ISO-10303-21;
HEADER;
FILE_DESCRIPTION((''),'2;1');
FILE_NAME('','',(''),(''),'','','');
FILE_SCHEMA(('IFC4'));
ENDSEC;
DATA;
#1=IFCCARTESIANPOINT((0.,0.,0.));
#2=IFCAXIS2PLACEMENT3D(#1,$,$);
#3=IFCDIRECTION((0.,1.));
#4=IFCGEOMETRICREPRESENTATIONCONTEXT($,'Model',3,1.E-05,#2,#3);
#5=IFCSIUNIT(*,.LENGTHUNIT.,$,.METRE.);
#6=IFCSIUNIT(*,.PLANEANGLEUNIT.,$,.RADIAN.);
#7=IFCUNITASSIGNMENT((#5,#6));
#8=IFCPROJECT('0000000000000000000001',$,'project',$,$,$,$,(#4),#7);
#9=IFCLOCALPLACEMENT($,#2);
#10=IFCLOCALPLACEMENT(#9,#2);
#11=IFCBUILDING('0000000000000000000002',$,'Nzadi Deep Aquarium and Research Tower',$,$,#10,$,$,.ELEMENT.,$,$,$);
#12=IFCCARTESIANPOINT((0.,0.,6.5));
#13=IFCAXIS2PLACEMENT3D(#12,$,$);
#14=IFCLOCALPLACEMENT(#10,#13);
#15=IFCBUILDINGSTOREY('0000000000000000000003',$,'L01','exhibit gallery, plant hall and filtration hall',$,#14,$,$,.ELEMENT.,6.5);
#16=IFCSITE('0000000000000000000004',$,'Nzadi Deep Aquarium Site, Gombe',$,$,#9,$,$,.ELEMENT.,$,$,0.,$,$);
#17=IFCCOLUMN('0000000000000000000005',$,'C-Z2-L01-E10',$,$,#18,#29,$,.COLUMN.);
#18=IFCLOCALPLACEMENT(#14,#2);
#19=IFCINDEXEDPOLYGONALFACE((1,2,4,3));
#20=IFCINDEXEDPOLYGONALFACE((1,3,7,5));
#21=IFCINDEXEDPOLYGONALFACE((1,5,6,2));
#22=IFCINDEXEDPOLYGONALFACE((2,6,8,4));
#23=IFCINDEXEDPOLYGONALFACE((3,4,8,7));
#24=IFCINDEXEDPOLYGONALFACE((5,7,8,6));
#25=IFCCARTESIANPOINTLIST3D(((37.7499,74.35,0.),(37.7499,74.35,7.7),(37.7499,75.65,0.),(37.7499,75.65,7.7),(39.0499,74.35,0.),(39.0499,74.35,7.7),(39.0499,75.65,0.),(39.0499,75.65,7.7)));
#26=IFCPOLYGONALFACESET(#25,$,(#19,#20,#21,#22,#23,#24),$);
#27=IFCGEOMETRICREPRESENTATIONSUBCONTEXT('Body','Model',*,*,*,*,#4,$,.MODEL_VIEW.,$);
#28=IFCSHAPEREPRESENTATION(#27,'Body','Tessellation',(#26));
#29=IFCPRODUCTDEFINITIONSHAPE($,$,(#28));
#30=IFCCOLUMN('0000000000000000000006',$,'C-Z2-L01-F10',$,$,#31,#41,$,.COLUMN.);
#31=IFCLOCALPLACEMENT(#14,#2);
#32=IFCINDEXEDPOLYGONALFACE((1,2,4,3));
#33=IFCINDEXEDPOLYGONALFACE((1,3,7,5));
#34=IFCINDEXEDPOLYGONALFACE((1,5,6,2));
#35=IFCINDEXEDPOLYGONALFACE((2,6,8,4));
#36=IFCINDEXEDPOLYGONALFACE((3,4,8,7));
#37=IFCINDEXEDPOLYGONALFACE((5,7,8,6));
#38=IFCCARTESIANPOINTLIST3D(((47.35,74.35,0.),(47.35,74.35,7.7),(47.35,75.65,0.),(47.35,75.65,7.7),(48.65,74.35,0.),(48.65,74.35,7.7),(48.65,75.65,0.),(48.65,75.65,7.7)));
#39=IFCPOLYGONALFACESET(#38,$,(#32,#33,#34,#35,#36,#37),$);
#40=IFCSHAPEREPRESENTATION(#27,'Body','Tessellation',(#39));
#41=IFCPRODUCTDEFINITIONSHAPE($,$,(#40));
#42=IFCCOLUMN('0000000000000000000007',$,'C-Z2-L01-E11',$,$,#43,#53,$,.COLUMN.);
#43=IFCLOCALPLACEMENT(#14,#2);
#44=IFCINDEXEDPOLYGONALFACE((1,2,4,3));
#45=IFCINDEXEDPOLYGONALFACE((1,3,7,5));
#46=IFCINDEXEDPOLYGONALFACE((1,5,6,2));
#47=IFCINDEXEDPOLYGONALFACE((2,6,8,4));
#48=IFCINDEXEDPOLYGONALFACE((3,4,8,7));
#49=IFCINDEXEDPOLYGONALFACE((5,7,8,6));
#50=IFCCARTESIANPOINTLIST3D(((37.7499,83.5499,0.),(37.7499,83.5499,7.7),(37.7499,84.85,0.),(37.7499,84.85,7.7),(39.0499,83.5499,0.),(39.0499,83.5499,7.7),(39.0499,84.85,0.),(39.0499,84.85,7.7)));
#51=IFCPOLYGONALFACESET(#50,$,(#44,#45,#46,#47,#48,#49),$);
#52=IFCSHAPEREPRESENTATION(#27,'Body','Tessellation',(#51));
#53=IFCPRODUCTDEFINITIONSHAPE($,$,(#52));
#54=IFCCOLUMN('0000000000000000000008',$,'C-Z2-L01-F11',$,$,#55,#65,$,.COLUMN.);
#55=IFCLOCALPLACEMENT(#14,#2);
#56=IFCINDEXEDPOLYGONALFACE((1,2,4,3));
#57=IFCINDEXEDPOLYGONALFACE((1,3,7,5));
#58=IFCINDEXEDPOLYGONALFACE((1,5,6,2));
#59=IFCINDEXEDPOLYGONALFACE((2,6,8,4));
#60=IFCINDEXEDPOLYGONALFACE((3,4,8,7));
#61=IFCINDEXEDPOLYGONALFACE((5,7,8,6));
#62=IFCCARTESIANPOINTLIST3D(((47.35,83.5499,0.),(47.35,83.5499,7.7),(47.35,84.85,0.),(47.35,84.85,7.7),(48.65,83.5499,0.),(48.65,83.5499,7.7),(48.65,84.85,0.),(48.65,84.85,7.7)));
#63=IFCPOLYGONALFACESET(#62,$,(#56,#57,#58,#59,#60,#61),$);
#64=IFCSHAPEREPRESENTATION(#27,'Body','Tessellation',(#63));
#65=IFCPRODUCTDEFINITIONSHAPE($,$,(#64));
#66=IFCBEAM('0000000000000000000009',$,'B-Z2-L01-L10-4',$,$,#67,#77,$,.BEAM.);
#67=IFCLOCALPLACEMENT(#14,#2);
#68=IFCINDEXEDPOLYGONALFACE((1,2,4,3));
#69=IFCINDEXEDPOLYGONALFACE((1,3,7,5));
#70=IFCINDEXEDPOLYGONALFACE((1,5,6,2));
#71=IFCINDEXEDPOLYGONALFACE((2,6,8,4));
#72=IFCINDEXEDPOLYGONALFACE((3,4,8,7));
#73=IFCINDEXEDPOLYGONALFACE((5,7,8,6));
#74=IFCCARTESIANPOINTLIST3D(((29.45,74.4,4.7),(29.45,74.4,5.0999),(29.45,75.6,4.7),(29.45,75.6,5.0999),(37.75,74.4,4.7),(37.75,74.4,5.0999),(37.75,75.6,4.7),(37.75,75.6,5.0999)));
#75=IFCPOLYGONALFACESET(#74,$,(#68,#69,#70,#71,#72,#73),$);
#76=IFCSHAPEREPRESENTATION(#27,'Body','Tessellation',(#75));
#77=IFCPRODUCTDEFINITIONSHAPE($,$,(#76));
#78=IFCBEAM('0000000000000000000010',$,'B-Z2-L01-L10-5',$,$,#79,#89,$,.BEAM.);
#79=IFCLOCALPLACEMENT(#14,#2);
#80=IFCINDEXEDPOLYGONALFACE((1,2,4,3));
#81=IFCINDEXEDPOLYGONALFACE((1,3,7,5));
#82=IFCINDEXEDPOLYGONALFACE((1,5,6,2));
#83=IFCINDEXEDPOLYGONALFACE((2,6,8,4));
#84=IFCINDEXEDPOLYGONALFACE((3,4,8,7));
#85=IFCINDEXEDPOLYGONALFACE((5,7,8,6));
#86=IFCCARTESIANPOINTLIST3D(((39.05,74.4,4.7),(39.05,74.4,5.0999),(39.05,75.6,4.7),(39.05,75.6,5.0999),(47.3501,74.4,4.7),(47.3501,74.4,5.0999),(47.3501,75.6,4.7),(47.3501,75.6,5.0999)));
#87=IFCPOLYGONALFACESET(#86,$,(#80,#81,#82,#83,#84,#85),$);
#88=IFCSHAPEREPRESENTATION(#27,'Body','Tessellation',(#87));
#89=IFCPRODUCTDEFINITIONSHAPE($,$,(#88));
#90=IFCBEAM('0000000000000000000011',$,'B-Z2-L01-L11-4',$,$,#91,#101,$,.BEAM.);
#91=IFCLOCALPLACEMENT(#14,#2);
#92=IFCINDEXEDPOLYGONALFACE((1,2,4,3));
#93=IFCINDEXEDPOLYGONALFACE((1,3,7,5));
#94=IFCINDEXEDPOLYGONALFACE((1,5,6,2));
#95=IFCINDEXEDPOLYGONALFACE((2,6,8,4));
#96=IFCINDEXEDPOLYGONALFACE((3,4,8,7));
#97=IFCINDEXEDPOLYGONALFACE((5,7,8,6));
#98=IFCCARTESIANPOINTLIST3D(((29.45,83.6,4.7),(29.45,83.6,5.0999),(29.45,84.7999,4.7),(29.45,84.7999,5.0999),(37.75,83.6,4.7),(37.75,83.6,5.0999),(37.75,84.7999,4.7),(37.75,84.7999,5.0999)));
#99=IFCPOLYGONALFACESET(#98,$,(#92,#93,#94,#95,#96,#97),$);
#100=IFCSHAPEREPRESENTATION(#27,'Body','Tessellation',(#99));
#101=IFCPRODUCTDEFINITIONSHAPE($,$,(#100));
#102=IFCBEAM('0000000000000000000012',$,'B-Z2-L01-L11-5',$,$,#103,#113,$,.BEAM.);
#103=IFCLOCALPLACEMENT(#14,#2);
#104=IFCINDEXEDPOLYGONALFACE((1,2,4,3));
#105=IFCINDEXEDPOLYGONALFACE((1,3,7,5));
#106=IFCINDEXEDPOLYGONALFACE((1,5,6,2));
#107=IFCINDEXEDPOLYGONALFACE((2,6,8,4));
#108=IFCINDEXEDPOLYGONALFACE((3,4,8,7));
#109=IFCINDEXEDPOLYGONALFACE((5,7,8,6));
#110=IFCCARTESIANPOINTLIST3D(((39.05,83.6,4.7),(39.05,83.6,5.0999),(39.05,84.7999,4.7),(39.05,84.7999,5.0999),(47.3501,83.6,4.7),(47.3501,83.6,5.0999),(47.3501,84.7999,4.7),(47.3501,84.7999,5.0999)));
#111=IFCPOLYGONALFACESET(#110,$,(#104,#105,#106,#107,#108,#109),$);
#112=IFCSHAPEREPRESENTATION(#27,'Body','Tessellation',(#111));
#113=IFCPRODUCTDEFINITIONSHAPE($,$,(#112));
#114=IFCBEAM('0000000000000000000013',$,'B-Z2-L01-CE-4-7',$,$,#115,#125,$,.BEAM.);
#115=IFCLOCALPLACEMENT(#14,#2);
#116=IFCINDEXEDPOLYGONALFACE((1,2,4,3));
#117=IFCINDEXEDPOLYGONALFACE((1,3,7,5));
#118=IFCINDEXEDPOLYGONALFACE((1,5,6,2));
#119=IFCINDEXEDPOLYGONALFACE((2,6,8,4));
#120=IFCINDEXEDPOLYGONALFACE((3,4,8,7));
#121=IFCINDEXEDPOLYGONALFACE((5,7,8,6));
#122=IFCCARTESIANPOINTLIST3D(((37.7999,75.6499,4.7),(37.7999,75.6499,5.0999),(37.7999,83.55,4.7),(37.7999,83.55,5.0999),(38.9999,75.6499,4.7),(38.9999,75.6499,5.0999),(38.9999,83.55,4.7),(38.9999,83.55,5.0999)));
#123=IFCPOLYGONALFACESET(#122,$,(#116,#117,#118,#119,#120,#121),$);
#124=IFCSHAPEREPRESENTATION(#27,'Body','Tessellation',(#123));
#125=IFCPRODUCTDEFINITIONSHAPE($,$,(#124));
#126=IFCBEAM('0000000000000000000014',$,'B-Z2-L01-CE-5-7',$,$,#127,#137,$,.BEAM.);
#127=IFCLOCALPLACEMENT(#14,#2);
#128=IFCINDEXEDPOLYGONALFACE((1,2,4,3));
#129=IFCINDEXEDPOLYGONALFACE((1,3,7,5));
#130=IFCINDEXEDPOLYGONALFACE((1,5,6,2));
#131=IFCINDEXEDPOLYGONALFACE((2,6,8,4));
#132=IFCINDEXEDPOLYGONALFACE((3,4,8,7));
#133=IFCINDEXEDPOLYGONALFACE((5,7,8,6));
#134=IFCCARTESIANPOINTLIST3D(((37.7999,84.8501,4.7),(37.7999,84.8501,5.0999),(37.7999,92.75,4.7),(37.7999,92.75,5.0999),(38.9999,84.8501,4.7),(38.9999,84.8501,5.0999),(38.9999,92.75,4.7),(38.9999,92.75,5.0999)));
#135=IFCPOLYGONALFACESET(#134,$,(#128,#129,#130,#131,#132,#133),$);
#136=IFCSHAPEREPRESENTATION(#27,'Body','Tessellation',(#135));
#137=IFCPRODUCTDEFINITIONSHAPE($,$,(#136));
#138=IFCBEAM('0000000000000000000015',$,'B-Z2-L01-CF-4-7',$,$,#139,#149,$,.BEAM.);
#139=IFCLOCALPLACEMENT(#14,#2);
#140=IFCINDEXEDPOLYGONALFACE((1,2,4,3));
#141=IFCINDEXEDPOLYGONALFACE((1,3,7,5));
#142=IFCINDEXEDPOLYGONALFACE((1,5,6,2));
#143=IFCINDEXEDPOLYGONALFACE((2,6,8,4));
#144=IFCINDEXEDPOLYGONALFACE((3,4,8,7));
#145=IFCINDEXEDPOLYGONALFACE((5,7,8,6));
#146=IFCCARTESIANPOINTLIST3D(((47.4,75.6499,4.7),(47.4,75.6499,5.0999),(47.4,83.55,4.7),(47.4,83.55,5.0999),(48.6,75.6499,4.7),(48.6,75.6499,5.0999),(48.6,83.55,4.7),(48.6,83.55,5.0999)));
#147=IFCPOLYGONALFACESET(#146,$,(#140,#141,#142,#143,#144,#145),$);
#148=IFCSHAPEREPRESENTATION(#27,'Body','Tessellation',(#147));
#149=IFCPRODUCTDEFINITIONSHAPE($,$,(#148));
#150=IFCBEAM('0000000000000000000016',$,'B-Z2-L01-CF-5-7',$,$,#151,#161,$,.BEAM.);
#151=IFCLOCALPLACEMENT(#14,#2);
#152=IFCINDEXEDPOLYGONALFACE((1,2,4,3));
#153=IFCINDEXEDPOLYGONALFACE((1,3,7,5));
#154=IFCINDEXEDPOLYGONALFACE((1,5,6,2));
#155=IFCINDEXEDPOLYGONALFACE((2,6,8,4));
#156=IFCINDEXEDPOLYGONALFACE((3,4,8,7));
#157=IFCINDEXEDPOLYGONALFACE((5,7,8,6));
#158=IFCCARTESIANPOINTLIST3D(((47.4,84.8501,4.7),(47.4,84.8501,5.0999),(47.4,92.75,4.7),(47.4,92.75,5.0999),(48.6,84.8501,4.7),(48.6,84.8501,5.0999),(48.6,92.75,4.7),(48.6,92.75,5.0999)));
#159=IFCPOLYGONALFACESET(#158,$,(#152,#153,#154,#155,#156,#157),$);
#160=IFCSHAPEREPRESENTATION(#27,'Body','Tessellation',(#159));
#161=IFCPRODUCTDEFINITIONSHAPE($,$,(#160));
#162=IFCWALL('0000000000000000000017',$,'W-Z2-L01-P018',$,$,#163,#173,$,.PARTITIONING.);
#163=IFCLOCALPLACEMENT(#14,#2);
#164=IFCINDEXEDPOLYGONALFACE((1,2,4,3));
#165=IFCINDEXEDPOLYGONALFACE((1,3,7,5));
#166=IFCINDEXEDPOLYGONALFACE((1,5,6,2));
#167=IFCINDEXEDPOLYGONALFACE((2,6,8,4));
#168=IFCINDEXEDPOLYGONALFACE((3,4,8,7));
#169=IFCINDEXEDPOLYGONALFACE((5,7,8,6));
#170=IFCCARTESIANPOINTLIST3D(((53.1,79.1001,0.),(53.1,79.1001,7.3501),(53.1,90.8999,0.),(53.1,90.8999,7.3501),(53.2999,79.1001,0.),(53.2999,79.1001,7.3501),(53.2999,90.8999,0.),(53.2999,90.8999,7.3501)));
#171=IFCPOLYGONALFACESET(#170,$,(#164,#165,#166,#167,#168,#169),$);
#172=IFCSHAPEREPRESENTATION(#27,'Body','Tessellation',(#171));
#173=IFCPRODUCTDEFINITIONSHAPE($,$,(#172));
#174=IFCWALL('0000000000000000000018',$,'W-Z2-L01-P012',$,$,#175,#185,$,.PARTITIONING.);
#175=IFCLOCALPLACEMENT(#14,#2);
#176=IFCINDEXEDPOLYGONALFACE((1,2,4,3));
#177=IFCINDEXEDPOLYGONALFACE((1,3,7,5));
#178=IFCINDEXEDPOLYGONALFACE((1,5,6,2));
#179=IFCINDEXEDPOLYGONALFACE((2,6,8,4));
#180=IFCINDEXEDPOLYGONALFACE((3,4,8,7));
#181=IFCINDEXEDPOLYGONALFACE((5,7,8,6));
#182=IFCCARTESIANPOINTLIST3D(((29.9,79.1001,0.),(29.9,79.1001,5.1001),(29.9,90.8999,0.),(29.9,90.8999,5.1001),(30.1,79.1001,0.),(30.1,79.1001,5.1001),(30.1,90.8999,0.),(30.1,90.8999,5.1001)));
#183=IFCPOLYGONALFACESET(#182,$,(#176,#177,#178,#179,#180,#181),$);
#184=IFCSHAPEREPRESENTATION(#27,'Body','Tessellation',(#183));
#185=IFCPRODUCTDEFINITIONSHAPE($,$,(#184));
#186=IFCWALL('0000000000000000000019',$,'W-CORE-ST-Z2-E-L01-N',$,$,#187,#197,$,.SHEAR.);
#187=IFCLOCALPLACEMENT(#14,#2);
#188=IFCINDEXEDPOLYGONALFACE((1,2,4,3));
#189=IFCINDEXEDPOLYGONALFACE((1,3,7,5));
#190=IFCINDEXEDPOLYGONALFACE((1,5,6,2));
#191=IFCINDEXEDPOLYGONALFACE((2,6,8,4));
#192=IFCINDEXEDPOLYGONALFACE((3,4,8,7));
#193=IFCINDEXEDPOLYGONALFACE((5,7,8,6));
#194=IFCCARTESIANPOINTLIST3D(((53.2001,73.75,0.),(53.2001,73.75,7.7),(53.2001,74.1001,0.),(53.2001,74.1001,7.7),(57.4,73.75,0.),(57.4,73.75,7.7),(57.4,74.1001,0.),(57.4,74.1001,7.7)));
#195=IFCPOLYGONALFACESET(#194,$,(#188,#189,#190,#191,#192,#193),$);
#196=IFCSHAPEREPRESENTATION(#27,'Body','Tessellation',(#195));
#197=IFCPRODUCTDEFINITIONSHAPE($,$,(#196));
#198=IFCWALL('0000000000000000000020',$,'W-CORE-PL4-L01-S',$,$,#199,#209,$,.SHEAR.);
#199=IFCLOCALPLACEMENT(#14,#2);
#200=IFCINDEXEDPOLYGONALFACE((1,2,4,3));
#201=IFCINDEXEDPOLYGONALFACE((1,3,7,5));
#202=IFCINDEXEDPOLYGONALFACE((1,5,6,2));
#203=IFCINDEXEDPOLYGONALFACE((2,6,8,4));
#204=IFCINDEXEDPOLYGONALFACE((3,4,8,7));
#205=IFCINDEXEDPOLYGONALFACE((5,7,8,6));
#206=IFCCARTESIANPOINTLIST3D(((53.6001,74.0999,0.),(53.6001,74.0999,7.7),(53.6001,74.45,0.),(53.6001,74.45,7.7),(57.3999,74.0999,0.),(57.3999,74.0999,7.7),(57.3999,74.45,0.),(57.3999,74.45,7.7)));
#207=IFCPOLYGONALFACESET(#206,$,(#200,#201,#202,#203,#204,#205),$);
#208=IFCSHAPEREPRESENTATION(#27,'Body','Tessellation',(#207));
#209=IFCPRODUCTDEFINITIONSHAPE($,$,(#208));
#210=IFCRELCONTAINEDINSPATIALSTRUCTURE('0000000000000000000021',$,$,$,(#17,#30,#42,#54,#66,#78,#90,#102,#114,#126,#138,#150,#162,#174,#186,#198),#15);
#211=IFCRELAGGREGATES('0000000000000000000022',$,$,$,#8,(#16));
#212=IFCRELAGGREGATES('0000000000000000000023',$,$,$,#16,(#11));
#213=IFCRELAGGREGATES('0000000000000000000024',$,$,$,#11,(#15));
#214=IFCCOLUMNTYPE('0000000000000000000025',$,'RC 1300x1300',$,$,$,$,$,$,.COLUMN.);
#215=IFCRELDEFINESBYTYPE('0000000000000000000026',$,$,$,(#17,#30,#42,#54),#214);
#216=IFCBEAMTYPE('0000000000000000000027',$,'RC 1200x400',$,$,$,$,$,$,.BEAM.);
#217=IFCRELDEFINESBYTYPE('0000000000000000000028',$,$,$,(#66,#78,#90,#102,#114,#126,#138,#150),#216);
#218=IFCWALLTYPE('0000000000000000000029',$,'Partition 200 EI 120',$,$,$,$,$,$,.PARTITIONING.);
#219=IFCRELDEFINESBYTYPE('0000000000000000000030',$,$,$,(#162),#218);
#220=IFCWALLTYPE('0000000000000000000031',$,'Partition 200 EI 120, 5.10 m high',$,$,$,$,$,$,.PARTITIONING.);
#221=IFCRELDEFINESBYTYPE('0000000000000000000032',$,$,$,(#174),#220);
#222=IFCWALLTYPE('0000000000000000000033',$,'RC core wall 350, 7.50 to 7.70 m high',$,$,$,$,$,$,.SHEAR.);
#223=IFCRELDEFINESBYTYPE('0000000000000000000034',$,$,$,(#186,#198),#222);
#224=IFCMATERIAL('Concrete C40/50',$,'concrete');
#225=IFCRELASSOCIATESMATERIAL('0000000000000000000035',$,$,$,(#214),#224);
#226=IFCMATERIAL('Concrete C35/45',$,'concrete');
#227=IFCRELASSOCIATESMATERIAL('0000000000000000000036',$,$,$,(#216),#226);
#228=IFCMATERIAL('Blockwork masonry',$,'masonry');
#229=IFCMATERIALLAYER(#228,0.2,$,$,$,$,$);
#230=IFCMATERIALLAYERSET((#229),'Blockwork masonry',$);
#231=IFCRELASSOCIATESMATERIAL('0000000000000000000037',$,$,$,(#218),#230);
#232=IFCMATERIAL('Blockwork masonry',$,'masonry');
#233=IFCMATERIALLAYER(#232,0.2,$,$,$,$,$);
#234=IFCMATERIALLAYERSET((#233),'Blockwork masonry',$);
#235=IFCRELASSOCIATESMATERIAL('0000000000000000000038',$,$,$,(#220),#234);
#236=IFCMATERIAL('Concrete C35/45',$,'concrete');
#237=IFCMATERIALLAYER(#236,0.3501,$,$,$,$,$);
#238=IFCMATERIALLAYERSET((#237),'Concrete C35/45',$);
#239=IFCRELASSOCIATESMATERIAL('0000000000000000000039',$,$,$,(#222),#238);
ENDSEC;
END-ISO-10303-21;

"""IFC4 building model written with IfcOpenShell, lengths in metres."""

from ifc_helpers import new_model, si_unit, direction, frame, frame_2d, origin, origin_2d, place, context, subcontext, project, spatial, rectangle, extrude, material, layer, layer_set, material_profile, profile_set, type_object, element, save


model = new_model("IFC4")

# Units and contexts
model_context = context("Model", 3, precision=1e-05, world=origin(), true_north=direction((0.0, 1.0)))
body_context = subcontext(model_context, "Body", "Model", "MODEL_VIEW")
ifc_project = project(units=[si_unit("LENGTHUNIT", "METRE"), si_unit("PLANEANGLEUNIT", "RADIAN")], contexts=[model_context])

# Site, building, storey
site_placement = place(None, origin())
site = spatial("IfcSite", under=ifc_project, at=site_placement, Name="Nzadi Deep Aquarium Site, Gombe", CompositionType="ELEMENT", RefElevation=0.0)
building_placement = place(site_placement, origin())
building = spatial("IfcBuilding", under=site, at=building_placement, Name="Nzadi Deep Aquarium and Research Tower", CompositionType="ELEMENT")
storey_placement = place(building_placement, frame((0.0, 0.0, 6.5)))
storey = spatial("IfcBuildingStorey", under=building, at=storey_placement, Name="L01", Description="exhibit gallery, plant hall and filtration hall", CompositionType="ELEMENT", Elevation=6.5)

# Columns
ifc_material_1 = material(Name="Concrete C40/50", Category="concrete")
ifc_material_profile_1 = material_profile(ifc_material_1, rectangle(XDim=1.3, YDim=1.3, at=origin_2d()))
ifc_profile_set_1 = profile_set([ifc_material_profile_1], Name="Concrete C40/50")
column_type = type_object("IfcColumnType", Name="RC 1300x1300", PredefinedType="COLUMN", material=ifc_profile_set_1)
for number, where, z_axis, x_axis, name in (
    (1, (38.3999, 75.0, 0.0), (0.0, 0.0, 1.0), (1.0, 0.0, 0.0), "C-Z2-L01-E10"),
    (2, (48.0, 75.0, 0.0), (0.0, 0.0, 1.0), (1.0, 0.0, 0.0), "C-Z2-L01-F10"),
    (3, (38.3999, 84.2, 0.0), (0.0, 0.0, 1.0), (1.0, 0.0, 0.0), "C-Z2-L01-E11"),
    (4, (48.0, 84.2, 0.0), (0.0, 0.0, 1.0), (1.0, 0.0, 0.0), "C-Z2-L01-F11"),
):
    element("IfcColumn", number, at=place(storey_placement, frame(where, z_axis=z_axis, x_axis=x_axis)), inside=storey, type_object=column_type, Name=name, PredefinedType="COLUMN", context=body_context, shape_type="SweptSolid", body=[
        extrude(rectangle(XDim=1.3, YDim=1.3, at=origin_2d()), origin(), (0.0, 0.0, 1.0), 7.7),
    ])

# Beams
ifc_material_2 = material(Name="Concrete C35/45", Category="concrete")
ifc_material_profile_2 = material_profile(ifc_material_2, rectangle(XDim=1.2, YDim=0.3999, at=origin_2d()))
ifc_profile_set_2 = profile_set([ifc_material_profile_2], Name="Concrete C35/45")
beam_type = type_object("IfcBeamType", Name="RC 1200x400", PredefinedType="BEAM", material=ifc_profile_set_2)
for number, where, z_axis, x_axis, name in (
    (5, (29.45, 75.0, 4.8999), (1.0, 0.0, 0.0), (0.0, 1.0, 0.0), "B-Z2-L01-L10-4"),
    (6, (39.05, 75.0, 4.8999), (1.0, 0.0, 0.0), (0.0, 1.0, 0.0), "B-Z2-L01-L10-5"),
    (7, (29.45, 84.2, 4.8999), (1.0, 0.0, 0.0), (0.0, 1.0, 0.0), "B-Z2-L01-L11-4"),
    (8, (39.05, 84.2, 4.8999), (1.0, 0.0, 0.0), (0.0, 1.0, 0.0), "B-Z2-L01-L11-5"),
):
    element("IfcBeam", number, at=place(storey_placement, frame(where, z_axis=z_axis, x_axis=x_axis)), inside=storey, type_object=beam_type, Name=name, PredefinedType="BEAM", context=body_context, shape_type="SweptSolid", body=[
        extrude(rectangle(XDim=1.2, YDim=0.3999, at=origin_2d()), origin(), (0.0, 0.0, 1.0), 8.3),
    ])
beam_1_placement = place(storey_placement, frame((38.3999, 75.6499, 4.8999), z_axis=(0.0, 1.0, 0.0), x_axis=(-1.0, 0.0, 0.0)))
element("IfcBeam", 9, at=beam_1_placement, inside=storey, type_object=beam_type, Name="B-Z2-L01-CE-4-7", PredefinedType="BEAM", context=body_context, shape_type="SweptSolid", body=[
    extrude(rectangle(XDim=1.2, YDim=0.3999, at=origin_2d()), origin(), (0.0, 0.0, 1.0), 7.9001),
])
beam_2_placement = place(storey_placement, frame((38.3999, 84.8501, 4.8999), z_axis=(0.0, 1.0, 0.0), x_axis=(-1.0, 0.0, 0.0)))
element("IfcBeam", 10, at=beam_2_placement, inside=storey, type_object=beam_type, Name="B-Z2-L01-CE-5-7", PredefinedType="BEAM", context=body_context, shape_type="SweptSolid", body=[
    extrude(rectangle(XDim=1.2, YDim=0.3999, at=origin_2d()), origin(), (0.0, 0.0, 1.0), 7.8999),
])
beam_3_placement = place(storey_placement, frame((48.0, 75.6499, 4.8999), z_axis=(0.0, 1.0, 0.0), x_axis=(-1.0, 0.0, 0.0)))
element("IfcBeam", 11, at=beam_3_placement, inside=storey, type_object=beam_type, Name="B-Z2-L01-CF-4-7", PredefinedType="BEAM", context=body_context, shape_type="SweptSolid", body=[
    extrude(rectangle(XDim=1.2, YDim=0.3999, at=origin_2d()), origin(), (0.0, 0.0, 1.0), 7.9001),
])
beam_4_placement = place(storey_placement, frame((48.0, 84.8501, 4.8999), z_axis=(0.0, 1.0, 0.0), x_axis=(-1.0, 0.0, 0.0)))
element("IfcBeam", 12, at=beam_4_placement, inside=storey, type_object=beam_type, Name="B-Z2-L01-CF-5-7", PredefinedType="BEAM", context=body_context, shape_type="SweptSolid", body=[
    extrude(rectangle(XDim=1.2, YDim=0.3999, at=origin_2d()), origin(), (0.0, 0.0, 1.0), 7.8999),
])

# Walls
ifc_material_3 = material(Name="Blockwork masonry", Category="masonry")
ifc_layer_1 = layer(ifc_material_3, 0.2)
ifc_layer_set_1 = layer_set([ifc_layer_1], Name="Blockwork masonry")
wall_type_1 = type_object("IfcWallType", Name="Partition 200 EI 120", PredefinedType="PARTITIONING", material=ifc_layer_set_1)
wall_1_placement = place(storey_placement, frame((53.2, 79.1001, 0.0), z_axis=(0.0, 0.0, 1.0), x_axis=(0.0, 1.0, 0.0)))
element("IfcWall", 13, at=wall_1_placement, inside=storey, type_object=wall_type_1, Name="W-Z2-L01-P018", PredefinedType="PARTITIONING", context=body_context, shape_type="SweptSolid", body=[
    extrude(rectangle(XDim=11.7998, YDim=0.2, at=frame_2d((5.8999, 0.0))), origin(), (0.0, 0.0, 1.0), 7.3501),
])
ifc_material_4 = material(Name="Blockwork masonry", Category="masonry")
ifc_layer_2 = layer(ifc_material_4, 0.2)
ifc_layer_set_2 = layer_set([ifc_layer_2], Name="Blockwork masonry")
wall_type_2 = type_object("IfcWallType", Name="Partition 200 EI 120, 5.10 m high", PredefinedType="PARTITIONING", material=ifc_layer_set_2)
wall_2_placement = place(storey_placement, frame((30.0, 79.1001, 0.0), z_axis=(0.0, 0.0, 1.0), x_axis=(0.0, 1.0, 0.0)))
element("IfcWall", 14, at=wall_2_placement, inside=storey, type_object=wall_type_2, Name="W-Z2-L01-P012", PredefinedType="PARTITIONING", context=body_context, shape_type="SweptSolid", body=[
    extrude(rectangle(XDim=11.7998, YDim=0.2, at=frame_2d((5.8999, 0.0))), origin(), (0.0, 0.0, 1.0), 5.1001),
])
ifc_material_5 = material(Name="Concrete C35/45", Category="concrete")
ifc_layer_3 = layer(ifc_material_5, 0.3501)
ifc_layer_set_3 = layer_set([ifc_layer_3], Name="Concrete C35/45")
wall_type_3 = type_object("IfcWallType", Name="RC core wall 350, 7.50 to 7.70 m high", PredefinedType="SHEAR", material=ifc_layer_set_3)
wall_3_placement = place(storey_placement, frame((53.2, 73.925, 0.0), z_axis=(0.0, 0.0, 1.0), x_axis=(1.0, 0.0, 0.0)))
element("IfcWall", 15, at=wall_3_placement, inside=storey, type_object=wall_type_3, Name="W-CORE-ST-Z2-E-L01-N", PredefinedType="SHEAR", context=body_context, shape_type="SweptSolid", body=[
    extrude(rectangle(XDim=4.2, YDim=0.3501, at=frame_2d((2.1001, 0.0))), origin(), (0.0, 0.0, 1.0), 7.7),
])
for number, where, z_axis, x_axis, name in (
    (16, (53.6001, 74.2749, 0.0), (0.0, 0.0, 1.0), (1.0, 0.0, 0.0), "W-CORE-PL4-L01-S"),
):
    element("IfcWall", number, at=place(storey_placement, frame(where, z_axis=z_axis, x_axis=x_axis)), inside=storey, type_object=wall_type_3, Name=name, PredefinedType="SHEAR", context=body_context, shape_type="SweptSolid", body=[
        extrude(rectangle(XDim=3.7998, YDim=0.3501, at=frame_2d((1.8999, 0.0))), origin(), (0.0, 0.0, 1.0), 7.7),
    ])

save(model, "model.ifc")
